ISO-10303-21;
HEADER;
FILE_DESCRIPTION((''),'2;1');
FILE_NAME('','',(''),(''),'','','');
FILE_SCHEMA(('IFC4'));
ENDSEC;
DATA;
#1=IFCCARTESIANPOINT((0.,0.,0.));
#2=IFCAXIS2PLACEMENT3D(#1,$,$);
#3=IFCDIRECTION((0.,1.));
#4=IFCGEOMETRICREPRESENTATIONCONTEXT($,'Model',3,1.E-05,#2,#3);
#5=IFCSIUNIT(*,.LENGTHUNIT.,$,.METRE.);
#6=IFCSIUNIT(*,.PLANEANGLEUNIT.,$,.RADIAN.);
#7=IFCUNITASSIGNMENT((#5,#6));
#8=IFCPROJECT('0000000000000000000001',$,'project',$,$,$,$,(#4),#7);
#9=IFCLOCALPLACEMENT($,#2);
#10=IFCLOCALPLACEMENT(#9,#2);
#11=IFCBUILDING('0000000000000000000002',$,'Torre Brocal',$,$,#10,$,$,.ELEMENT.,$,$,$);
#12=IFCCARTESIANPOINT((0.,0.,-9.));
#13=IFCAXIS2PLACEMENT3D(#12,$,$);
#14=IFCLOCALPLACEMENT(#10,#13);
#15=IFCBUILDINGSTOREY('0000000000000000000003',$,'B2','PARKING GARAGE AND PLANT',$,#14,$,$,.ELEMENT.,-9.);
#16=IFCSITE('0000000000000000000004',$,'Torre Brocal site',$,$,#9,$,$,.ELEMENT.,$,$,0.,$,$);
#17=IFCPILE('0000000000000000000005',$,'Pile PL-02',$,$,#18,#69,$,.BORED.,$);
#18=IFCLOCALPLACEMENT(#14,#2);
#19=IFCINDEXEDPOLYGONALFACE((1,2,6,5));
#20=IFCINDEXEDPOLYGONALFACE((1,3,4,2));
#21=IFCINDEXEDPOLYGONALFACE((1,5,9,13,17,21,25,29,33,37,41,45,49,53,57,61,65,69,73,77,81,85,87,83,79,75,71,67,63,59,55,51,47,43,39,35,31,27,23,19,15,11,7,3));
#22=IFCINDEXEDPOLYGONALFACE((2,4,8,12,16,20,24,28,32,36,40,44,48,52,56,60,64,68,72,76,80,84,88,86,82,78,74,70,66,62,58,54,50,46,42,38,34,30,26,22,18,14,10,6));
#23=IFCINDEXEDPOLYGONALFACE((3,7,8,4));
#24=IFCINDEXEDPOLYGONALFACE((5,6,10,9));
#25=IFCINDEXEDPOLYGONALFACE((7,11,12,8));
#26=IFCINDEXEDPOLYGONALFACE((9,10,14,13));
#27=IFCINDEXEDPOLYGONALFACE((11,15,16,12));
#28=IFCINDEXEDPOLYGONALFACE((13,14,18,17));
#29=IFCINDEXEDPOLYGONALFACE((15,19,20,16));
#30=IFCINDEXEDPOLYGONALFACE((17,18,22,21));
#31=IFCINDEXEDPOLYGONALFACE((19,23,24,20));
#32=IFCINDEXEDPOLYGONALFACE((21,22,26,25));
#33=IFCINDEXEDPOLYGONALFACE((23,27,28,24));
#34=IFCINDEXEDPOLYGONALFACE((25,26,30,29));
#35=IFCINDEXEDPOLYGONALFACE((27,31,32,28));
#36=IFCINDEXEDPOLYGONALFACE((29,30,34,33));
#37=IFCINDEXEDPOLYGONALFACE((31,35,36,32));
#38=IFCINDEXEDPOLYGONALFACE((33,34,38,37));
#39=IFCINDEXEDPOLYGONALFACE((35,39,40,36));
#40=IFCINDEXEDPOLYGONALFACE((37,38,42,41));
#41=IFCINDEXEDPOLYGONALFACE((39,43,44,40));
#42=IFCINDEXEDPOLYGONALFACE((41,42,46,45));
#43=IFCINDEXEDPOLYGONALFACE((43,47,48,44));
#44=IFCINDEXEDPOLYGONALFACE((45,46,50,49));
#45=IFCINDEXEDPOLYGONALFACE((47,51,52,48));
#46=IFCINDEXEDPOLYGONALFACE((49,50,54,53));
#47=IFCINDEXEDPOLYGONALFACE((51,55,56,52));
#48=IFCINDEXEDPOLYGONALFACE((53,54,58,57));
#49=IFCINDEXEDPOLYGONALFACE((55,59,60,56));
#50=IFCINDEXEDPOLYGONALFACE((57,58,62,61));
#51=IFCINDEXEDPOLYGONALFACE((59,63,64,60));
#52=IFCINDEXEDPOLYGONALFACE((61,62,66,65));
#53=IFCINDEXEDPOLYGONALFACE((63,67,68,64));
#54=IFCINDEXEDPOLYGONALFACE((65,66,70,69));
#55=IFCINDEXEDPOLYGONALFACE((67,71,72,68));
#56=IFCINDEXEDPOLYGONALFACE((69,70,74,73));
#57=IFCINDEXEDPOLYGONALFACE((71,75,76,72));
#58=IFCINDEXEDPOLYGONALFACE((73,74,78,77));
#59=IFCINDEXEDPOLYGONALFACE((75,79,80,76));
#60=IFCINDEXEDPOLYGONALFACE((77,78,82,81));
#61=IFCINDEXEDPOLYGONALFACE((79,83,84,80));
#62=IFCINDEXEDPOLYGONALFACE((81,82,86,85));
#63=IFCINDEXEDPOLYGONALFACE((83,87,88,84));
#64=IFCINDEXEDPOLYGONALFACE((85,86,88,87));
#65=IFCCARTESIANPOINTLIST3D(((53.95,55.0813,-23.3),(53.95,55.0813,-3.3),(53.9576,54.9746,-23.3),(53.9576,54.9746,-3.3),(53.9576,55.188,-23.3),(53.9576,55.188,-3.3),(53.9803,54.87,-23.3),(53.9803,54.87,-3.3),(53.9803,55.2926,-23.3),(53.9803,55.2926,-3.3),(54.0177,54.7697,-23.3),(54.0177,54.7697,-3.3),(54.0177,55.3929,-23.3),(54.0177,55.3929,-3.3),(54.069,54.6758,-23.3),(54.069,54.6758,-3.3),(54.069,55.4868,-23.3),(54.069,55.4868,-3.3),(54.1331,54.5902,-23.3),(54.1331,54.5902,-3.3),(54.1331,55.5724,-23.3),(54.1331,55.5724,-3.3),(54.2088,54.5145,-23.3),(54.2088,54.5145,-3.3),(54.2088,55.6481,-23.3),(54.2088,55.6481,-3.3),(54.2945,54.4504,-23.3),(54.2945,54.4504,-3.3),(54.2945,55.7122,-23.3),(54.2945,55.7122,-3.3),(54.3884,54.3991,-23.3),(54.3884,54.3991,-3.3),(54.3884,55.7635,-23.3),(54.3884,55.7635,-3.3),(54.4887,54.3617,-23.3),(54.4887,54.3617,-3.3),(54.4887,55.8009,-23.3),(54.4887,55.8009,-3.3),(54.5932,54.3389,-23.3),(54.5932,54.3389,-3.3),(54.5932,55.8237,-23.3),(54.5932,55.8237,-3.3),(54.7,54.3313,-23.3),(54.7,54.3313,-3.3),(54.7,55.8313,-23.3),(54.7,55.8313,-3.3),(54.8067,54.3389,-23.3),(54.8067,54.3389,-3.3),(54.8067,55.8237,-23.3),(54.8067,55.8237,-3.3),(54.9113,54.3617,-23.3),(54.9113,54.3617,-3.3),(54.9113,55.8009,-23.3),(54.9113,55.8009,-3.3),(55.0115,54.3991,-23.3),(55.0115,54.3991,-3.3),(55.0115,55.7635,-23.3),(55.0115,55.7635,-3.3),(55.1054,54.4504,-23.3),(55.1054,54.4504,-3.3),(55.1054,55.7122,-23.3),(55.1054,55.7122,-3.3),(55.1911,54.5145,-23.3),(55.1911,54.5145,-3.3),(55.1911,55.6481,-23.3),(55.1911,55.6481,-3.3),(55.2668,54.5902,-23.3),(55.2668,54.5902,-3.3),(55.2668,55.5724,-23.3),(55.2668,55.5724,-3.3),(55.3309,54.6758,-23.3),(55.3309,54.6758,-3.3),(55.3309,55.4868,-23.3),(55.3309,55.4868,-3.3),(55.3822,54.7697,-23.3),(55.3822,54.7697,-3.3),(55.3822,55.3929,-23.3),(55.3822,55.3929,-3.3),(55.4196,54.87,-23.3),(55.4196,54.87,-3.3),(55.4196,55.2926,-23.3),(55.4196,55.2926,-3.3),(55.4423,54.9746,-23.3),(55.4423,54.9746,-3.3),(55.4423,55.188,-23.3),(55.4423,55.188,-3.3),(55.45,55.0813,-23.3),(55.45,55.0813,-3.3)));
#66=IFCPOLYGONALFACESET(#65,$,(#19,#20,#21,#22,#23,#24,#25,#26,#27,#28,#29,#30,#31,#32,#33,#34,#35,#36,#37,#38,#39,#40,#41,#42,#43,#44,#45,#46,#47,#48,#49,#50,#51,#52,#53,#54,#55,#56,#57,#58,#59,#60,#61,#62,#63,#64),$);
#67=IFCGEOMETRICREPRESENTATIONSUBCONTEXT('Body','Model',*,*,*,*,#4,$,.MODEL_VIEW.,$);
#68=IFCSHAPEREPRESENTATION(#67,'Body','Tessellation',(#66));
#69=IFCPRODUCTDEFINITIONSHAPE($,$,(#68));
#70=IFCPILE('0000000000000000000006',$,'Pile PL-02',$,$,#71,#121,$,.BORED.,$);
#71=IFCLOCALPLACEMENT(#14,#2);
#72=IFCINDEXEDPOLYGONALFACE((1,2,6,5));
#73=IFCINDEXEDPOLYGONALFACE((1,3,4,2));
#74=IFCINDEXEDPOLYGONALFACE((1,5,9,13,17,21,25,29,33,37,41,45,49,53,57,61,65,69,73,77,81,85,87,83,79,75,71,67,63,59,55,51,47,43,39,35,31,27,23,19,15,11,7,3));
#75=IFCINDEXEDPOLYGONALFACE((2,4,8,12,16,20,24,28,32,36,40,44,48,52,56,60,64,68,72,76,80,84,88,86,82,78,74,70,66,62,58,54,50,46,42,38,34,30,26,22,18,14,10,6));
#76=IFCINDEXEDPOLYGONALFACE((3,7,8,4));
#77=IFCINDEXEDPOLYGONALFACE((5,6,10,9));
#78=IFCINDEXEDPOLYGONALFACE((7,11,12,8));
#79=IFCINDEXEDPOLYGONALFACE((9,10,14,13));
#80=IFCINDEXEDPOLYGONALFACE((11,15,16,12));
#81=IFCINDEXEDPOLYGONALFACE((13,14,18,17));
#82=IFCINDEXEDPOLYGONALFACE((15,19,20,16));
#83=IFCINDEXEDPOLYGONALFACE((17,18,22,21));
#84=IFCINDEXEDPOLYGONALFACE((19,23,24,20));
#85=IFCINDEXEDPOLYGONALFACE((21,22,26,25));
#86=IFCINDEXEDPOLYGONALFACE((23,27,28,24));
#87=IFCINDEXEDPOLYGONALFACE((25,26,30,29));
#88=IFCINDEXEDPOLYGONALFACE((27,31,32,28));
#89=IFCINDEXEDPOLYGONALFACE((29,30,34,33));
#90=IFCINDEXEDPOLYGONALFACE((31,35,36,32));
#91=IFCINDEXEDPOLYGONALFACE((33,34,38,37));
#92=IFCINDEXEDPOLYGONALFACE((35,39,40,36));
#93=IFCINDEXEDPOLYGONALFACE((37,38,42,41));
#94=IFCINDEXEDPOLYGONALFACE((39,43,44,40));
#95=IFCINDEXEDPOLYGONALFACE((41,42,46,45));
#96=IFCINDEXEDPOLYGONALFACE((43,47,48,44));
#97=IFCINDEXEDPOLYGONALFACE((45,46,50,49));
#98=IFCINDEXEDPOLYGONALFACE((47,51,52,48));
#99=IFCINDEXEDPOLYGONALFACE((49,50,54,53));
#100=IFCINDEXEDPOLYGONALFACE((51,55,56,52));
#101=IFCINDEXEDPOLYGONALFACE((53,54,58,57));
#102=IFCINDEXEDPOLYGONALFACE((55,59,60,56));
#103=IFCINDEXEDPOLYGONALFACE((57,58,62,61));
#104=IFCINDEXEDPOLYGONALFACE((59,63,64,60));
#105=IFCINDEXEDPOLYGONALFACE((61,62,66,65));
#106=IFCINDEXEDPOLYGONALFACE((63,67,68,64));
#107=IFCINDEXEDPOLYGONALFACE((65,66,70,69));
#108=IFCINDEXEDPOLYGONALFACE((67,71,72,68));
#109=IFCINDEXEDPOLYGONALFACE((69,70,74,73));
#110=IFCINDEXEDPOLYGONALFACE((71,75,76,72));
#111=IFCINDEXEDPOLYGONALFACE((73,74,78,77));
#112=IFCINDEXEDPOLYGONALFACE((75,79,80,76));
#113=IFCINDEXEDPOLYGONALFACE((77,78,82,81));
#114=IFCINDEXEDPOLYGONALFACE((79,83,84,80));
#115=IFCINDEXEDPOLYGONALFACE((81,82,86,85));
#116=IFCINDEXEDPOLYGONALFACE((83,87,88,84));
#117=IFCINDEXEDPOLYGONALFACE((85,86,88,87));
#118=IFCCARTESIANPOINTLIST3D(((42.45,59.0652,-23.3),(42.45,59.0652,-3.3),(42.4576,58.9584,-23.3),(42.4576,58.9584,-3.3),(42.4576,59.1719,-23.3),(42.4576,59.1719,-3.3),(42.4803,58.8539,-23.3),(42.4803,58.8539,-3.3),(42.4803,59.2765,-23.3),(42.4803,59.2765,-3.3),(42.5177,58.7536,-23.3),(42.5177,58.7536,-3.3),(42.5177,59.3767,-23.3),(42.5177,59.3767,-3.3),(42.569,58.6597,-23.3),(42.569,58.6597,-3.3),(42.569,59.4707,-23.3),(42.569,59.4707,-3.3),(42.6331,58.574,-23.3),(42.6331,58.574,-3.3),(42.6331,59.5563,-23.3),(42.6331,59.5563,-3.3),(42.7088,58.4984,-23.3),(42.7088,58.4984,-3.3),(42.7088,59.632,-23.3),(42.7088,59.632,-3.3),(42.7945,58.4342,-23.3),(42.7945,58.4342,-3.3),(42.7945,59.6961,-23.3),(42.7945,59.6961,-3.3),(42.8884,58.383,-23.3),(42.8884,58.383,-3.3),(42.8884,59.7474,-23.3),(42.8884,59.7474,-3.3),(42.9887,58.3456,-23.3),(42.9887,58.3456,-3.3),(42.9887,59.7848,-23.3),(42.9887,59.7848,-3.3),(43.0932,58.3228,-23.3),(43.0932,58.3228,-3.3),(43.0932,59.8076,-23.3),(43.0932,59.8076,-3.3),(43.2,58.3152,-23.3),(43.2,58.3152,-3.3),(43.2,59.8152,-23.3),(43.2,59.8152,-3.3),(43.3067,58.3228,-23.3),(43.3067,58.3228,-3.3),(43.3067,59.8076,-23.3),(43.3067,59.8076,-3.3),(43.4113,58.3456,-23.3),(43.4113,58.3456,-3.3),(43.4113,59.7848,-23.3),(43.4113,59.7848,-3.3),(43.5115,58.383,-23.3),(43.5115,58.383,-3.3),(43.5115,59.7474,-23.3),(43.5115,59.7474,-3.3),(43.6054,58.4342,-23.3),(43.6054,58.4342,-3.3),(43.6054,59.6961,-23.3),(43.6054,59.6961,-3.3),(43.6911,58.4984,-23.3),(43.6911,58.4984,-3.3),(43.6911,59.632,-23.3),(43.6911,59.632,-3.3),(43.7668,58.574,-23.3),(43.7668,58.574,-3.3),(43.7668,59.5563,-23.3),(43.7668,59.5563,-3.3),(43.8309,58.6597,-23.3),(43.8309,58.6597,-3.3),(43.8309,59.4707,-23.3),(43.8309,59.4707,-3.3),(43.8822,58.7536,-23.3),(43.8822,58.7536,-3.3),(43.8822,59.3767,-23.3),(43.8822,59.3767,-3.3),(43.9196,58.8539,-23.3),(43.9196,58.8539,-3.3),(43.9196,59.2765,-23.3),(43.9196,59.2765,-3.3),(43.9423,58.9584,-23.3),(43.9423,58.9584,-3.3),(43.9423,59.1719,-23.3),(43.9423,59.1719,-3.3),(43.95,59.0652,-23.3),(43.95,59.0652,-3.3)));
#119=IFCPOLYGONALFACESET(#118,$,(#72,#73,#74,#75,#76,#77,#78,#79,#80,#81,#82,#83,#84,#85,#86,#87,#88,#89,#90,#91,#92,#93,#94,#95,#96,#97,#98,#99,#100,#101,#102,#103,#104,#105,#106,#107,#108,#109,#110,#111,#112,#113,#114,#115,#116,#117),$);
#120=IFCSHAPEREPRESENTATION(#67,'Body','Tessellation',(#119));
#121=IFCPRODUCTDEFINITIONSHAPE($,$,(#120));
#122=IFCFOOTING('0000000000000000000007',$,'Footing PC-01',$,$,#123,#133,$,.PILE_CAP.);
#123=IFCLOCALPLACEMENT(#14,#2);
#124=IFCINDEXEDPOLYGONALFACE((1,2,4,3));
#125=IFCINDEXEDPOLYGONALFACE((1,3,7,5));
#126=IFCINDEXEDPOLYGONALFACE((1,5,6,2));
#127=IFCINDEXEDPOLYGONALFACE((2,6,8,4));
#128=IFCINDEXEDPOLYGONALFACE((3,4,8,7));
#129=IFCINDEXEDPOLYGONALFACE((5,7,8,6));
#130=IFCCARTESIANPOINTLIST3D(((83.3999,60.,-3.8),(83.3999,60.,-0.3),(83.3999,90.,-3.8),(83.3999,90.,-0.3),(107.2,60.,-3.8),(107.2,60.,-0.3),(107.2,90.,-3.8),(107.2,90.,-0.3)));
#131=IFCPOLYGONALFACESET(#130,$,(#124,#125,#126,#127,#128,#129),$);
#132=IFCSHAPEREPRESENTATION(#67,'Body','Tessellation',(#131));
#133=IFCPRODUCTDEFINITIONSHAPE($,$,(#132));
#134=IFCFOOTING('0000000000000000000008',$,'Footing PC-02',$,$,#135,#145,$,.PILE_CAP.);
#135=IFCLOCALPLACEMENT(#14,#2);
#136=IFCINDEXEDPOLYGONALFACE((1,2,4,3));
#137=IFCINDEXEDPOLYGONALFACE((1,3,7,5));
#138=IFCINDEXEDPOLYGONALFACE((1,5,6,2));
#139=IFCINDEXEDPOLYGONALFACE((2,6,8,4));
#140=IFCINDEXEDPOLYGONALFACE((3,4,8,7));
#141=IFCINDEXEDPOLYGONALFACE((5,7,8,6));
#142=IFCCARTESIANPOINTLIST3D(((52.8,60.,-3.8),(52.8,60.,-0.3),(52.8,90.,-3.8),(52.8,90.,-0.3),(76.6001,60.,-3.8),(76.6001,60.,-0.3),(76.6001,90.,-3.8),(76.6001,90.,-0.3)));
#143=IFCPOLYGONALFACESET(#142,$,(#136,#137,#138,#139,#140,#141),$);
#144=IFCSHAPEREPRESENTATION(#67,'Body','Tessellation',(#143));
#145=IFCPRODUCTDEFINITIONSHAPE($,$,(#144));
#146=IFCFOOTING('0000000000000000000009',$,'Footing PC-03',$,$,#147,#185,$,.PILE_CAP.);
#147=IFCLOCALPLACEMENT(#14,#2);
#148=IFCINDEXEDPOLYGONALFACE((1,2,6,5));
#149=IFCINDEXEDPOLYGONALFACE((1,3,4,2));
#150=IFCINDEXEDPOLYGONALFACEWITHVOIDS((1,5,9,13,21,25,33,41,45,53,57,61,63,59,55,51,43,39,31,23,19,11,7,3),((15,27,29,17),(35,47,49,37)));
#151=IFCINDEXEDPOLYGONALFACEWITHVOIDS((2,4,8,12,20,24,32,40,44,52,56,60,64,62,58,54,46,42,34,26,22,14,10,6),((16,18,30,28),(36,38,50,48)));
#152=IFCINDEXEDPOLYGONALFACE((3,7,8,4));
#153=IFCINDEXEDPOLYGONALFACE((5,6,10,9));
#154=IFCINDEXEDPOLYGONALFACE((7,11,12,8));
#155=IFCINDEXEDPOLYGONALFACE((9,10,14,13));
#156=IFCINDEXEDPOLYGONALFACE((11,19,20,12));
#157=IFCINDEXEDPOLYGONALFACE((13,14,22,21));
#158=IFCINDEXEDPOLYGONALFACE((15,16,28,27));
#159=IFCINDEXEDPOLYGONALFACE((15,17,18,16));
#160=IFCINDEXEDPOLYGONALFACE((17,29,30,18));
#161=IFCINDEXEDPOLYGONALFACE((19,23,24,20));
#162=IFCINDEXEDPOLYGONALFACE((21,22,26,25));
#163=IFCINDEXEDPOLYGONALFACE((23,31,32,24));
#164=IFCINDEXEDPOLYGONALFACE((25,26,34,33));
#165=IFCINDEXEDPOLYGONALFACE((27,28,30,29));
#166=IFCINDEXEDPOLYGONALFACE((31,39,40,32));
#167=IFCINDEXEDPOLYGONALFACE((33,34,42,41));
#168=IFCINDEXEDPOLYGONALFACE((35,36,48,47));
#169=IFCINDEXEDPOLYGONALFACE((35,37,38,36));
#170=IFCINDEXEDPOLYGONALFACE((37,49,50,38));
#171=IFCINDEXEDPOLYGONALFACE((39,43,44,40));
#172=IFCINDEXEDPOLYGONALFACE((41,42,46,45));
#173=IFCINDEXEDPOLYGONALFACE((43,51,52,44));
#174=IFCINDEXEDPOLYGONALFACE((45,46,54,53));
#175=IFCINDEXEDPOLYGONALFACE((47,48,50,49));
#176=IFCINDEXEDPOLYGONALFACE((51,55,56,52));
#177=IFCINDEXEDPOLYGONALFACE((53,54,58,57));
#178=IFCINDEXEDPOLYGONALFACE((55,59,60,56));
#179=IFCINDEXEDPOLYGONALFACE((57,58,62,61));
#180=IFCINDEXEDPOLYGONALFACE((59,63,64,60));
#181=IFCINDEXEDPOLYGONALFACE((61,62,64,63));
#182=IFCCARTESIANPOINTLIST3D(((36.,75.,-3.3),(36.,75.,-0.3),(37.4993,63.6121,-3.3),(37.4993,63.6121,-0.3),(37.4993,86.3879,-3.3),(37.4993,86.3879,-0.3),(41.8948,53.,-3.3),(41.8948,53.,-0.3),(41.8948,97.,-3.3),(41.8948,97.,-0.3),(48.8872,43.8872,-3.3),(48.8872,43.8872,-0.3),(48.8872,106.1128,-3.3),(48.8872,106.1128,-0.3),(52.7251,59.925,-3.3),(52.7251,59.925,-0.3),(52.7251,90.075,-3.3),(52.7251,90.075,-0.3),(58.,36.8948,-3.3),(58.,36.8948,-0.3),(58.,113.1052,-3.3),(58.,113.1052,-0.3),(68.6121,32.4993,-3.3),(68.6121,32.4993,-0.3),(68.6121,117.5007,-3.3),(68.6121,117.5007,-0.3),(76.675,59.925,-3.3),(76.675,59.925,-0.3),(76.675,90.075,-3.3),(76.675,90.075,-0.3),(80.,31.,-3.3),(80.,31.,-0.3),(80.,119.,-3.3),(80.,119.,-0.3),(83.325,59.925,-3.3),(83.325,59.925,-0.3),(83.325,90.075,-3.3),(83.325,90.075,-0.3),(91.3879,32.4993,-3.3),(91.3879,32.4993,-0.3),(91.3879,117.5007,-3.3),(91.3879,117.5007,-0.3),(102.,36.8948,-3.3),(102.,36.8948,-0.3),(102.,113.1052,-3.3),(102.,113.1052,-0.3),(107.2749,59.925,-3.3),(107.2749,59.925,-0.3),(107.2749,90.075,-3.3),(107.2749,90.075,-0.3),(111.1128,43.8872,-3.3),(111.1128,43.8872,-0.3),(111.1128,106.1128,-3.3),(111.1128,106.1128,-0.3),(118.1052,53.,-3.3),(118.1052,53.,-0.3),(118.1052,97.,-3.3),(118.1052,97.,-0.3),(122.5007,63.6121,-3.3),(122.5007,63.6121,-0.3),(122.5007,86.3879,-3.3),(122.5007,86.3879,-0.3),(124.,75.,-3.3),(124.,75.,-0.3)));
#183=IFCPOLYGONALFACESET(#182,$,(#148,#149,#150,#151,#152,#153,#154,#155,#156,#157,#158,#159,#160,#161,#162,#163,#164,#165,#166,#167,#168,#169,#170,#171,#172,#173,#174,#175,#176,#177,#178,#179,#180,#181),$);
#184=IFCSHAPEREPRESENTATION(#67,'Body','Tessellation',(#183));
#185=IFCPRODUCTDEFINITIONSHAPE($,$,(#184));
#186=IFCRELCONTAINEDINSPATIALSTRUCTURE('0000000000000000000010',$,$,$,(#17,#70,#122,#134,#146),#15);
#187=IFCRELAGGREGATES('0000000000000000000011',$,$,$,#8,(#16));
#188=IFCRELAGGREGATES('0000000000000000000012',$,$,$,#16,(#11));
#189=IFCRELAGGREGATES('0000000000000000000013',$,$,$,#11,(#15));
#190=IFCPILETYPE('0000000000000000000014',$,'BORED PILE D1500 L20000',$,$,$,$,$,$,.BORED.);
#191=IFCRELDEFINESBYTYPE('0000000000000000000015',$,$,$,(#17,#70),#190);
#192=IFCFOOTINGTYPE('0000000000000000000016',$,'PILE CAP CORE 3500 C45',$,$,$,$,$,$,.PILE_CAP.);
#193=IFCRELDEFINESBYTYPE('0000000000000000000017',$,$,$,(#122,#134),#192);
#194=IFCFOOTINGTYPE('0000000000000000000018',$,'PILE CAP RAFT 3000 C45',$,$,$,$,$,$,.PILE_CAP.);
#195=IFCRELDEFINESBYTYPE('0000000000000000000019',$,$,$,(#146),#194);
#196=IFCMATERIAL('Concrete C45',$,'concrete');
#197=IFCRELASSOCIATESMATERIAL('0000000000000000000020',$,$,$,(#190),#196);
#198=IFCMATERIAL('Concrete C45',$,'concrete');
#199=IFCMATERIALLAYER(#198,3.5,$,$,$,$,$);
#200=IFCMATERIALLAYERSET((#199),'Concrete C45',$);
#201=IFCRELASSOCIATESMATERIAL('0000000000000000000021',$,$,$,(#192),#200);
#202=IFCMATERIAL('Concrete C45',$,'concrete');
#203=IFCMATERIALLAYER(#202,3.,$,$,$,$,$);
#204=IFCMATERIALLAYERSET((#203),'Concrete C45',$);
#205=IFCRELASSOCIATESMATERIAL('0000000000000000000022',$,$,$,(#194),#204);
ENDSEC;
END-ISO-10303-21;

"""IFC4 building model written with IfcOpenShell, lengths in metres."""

from ifc_helpers import new_model, si_unit, direction, frame, origin, origin_2d, place, context, subcontext, project, spatial, polyline, circle, outline, extrude, material, layer, layer_set, material_profile, profile_set, type_object, element, save


model = new_model("IFC4")

# Units and contexts
model_context = context("Model", 3, precision=1e-05, world=origin(), true_north=direction((0.0, 1.0)))
body_context = subcontext(model_context, "Body", "Model", "MODEL_VIEW")
ifc_project = project(units=[si_unit("LENGTHUNIT", "METRE"), si_unit("PLANEANGLEUNIT", "RADIAN")], contexts=[model_context])

# Site, building, storey
site_placement = place(None, origin())
site = spatial("IfcSite", under=ifc_project, at=site_placement, Name="Torre Brocal site", CompositionType="ELEMENT", RefElevation=0.0)
building_placement = place(site_placement, origin())
building = spatial("IfcBuilding", under=site, at=building_placement, Name="Torre Brocal", CompositionType="ELEMENT")
storey_placement = place(building_placement, frame((0.0, 0.0, -9.0)))
storey = spatial("IfcBuildingStorey", under=building, at=storey_placement, Name="B2", Description="PARKING GARAGE AND PLANT", CompositionType="ELEMENT", Elevation=-9.0)

# Piles
ifc_material_1 = material(Name="Concrete C45", Category="concrete")
ifc_material_profile_1 = material_profile(ifc_material_1, circle(Radius=0.75, at=origin_2d()), Name="BORED PILE D1500")
ifc_profile_set_1 = profile_set([ifc_material_profile_1], Name="Concrete C45")
pile_type = type_object("IfcPileType", Name="BORED PILE D1500 L20000", PredefinedType="BORED", material=ifc_profile_set_1)
for number, where, z_axis, x_axis, name in (
    (1, (54.7, 55.0813, -3.3), (0.0, 0.0, -1.0), (1.0, 0.0, 0.0), "Pile PL-02"),
    (2, (43.2, 59.0652, -3.3), (0.0, 0.0, -1.0), (1.0, 0.0, 0.0), "Pile PL-02"),
):
    element("IfcPile", number, at=place(storey_placement, frame(where, z_axis=z_axis, x_axis=x_axis)), inside=storey, type_object=pile_type, Name=name, PredefinedType="BORED", context=body_context, shape_type="SweptSolid", body=[
        extrude(circle(Radius=0.75, at=origin_2d()), origin(), (0.0, 0.0, 1.0), 20.0),
    ])

# Footings
ifc_material_2 = material(Name="Concrete C45", Category="concrete")
ifc_layer_1 = layer(ifc_material_2, 3.5)
ifc_layer_set_1 = layer_set([ifc_layer_1], Name="Concrete C45")
footing_type_1 = type_object("IfcFootingType", Name="PILE CAP CORE 3500 C45", PredefinedType="PILE_CAP", material=ifc_layer_set_1)
footing_1_placement = place(storey_placement, frame((0.0, 0.0, -3.8)))
element("IfcFooting", 3, at=footing_1_placement, inside=storey, type_object=footing_type_1, Name="Footing PC-01", PredefinedType="PILE_CAP", context=body_context, shape_type="SweptSolid", body=[
    extrude(outline(polyline([(83.3999, 60.0), (107.2, 60.0), (107.2, 90.0), (83.3999, 90.0), (83.3999, 60.0)])), origin(), (0.0, 0.0, 1.0), 3.5),
])
footing_2_placement = place(storey_placement, frame((0.0, 0.0, -3.8)))
element("IfcFooting", 4, at=footing_2_placement, inside=storey, type_object=footing_type_1, Name="Footing PC-02", PredefinedType="PILE_CAP", context=body_context, shape_type="SweptSolid", body=[
    extrude(outline(polyline([(76.6001, 90.0), (52.8, 90.0), (52.8, 60.0), (76.6001, 60.0), (76.6001, 90.0)])), origin(), (0.0, 0.0, 1.0), 3.5),
])
ifc_material_3 = material(Name="Concrete C45", Category="concrete")
ifc_layer_2 = layer(ifc_material_3, 3.0)
ifc_layer_set_2 = layer_set([ifc_layer_2], Name="Concrete C45")
footing_type_2 = type_object("IfcFootingType", Name="PILE CAP RAFT 3000 C45", PredefinedType="PILE_CAP", material=ifc_layer_set_2)
footing_3_placement = place(storey_placement, frame((0.0, 0.0, -3.3)))
element("IfcFooting", 5, at=footing_3_placement, inside=storey, type_object=footing_type_2, Name="Footing PC-03", PredefinedType="PILE_CAP", context=body_context, shape_type="SweptSolid", body=[
    extrude(outline(polyline([(118.1052, 53.0), (111.1128, 43.8872), (102.0, 36.8948), (91.3879, 32.4993), (80.0, 31.0), (68.6121, 32.4993), (58.0, 36.8948), (48.8872, 43.8872), (41.8948, 53.0), (37.4993, 63.6121), (36.0, 75.0), (37.4993, 86.3879), (41.8948, 97.0), (48.8872, 106.1128), (58.0, 113.1052), (68.6121, 117.5007), (80.0, 119.0), (91.3879, 117.5007), (102.0, 113.1052), (111.1128, 106.1128), (118.1052, 97.0), (122.5007, 86.3879), (124.0, 75.0), (122.5007, 63.6121), (118.1052, 53.0)]), holes=[polyline([(107.2749, 90.075), (83.325, 90.075), (83.325, 59.925), (107.2749, 59.925), (107.2749, 90.075)]), polyline([(52.7251, 90.075), (52.7251, 59.925), (76.675, 59.925), (76.675, 90.075), (52.7251, 90.075)])]), origin(), (0.0, 0.0, 1.0), 3.0),
])

save(model, "model.ifc")
